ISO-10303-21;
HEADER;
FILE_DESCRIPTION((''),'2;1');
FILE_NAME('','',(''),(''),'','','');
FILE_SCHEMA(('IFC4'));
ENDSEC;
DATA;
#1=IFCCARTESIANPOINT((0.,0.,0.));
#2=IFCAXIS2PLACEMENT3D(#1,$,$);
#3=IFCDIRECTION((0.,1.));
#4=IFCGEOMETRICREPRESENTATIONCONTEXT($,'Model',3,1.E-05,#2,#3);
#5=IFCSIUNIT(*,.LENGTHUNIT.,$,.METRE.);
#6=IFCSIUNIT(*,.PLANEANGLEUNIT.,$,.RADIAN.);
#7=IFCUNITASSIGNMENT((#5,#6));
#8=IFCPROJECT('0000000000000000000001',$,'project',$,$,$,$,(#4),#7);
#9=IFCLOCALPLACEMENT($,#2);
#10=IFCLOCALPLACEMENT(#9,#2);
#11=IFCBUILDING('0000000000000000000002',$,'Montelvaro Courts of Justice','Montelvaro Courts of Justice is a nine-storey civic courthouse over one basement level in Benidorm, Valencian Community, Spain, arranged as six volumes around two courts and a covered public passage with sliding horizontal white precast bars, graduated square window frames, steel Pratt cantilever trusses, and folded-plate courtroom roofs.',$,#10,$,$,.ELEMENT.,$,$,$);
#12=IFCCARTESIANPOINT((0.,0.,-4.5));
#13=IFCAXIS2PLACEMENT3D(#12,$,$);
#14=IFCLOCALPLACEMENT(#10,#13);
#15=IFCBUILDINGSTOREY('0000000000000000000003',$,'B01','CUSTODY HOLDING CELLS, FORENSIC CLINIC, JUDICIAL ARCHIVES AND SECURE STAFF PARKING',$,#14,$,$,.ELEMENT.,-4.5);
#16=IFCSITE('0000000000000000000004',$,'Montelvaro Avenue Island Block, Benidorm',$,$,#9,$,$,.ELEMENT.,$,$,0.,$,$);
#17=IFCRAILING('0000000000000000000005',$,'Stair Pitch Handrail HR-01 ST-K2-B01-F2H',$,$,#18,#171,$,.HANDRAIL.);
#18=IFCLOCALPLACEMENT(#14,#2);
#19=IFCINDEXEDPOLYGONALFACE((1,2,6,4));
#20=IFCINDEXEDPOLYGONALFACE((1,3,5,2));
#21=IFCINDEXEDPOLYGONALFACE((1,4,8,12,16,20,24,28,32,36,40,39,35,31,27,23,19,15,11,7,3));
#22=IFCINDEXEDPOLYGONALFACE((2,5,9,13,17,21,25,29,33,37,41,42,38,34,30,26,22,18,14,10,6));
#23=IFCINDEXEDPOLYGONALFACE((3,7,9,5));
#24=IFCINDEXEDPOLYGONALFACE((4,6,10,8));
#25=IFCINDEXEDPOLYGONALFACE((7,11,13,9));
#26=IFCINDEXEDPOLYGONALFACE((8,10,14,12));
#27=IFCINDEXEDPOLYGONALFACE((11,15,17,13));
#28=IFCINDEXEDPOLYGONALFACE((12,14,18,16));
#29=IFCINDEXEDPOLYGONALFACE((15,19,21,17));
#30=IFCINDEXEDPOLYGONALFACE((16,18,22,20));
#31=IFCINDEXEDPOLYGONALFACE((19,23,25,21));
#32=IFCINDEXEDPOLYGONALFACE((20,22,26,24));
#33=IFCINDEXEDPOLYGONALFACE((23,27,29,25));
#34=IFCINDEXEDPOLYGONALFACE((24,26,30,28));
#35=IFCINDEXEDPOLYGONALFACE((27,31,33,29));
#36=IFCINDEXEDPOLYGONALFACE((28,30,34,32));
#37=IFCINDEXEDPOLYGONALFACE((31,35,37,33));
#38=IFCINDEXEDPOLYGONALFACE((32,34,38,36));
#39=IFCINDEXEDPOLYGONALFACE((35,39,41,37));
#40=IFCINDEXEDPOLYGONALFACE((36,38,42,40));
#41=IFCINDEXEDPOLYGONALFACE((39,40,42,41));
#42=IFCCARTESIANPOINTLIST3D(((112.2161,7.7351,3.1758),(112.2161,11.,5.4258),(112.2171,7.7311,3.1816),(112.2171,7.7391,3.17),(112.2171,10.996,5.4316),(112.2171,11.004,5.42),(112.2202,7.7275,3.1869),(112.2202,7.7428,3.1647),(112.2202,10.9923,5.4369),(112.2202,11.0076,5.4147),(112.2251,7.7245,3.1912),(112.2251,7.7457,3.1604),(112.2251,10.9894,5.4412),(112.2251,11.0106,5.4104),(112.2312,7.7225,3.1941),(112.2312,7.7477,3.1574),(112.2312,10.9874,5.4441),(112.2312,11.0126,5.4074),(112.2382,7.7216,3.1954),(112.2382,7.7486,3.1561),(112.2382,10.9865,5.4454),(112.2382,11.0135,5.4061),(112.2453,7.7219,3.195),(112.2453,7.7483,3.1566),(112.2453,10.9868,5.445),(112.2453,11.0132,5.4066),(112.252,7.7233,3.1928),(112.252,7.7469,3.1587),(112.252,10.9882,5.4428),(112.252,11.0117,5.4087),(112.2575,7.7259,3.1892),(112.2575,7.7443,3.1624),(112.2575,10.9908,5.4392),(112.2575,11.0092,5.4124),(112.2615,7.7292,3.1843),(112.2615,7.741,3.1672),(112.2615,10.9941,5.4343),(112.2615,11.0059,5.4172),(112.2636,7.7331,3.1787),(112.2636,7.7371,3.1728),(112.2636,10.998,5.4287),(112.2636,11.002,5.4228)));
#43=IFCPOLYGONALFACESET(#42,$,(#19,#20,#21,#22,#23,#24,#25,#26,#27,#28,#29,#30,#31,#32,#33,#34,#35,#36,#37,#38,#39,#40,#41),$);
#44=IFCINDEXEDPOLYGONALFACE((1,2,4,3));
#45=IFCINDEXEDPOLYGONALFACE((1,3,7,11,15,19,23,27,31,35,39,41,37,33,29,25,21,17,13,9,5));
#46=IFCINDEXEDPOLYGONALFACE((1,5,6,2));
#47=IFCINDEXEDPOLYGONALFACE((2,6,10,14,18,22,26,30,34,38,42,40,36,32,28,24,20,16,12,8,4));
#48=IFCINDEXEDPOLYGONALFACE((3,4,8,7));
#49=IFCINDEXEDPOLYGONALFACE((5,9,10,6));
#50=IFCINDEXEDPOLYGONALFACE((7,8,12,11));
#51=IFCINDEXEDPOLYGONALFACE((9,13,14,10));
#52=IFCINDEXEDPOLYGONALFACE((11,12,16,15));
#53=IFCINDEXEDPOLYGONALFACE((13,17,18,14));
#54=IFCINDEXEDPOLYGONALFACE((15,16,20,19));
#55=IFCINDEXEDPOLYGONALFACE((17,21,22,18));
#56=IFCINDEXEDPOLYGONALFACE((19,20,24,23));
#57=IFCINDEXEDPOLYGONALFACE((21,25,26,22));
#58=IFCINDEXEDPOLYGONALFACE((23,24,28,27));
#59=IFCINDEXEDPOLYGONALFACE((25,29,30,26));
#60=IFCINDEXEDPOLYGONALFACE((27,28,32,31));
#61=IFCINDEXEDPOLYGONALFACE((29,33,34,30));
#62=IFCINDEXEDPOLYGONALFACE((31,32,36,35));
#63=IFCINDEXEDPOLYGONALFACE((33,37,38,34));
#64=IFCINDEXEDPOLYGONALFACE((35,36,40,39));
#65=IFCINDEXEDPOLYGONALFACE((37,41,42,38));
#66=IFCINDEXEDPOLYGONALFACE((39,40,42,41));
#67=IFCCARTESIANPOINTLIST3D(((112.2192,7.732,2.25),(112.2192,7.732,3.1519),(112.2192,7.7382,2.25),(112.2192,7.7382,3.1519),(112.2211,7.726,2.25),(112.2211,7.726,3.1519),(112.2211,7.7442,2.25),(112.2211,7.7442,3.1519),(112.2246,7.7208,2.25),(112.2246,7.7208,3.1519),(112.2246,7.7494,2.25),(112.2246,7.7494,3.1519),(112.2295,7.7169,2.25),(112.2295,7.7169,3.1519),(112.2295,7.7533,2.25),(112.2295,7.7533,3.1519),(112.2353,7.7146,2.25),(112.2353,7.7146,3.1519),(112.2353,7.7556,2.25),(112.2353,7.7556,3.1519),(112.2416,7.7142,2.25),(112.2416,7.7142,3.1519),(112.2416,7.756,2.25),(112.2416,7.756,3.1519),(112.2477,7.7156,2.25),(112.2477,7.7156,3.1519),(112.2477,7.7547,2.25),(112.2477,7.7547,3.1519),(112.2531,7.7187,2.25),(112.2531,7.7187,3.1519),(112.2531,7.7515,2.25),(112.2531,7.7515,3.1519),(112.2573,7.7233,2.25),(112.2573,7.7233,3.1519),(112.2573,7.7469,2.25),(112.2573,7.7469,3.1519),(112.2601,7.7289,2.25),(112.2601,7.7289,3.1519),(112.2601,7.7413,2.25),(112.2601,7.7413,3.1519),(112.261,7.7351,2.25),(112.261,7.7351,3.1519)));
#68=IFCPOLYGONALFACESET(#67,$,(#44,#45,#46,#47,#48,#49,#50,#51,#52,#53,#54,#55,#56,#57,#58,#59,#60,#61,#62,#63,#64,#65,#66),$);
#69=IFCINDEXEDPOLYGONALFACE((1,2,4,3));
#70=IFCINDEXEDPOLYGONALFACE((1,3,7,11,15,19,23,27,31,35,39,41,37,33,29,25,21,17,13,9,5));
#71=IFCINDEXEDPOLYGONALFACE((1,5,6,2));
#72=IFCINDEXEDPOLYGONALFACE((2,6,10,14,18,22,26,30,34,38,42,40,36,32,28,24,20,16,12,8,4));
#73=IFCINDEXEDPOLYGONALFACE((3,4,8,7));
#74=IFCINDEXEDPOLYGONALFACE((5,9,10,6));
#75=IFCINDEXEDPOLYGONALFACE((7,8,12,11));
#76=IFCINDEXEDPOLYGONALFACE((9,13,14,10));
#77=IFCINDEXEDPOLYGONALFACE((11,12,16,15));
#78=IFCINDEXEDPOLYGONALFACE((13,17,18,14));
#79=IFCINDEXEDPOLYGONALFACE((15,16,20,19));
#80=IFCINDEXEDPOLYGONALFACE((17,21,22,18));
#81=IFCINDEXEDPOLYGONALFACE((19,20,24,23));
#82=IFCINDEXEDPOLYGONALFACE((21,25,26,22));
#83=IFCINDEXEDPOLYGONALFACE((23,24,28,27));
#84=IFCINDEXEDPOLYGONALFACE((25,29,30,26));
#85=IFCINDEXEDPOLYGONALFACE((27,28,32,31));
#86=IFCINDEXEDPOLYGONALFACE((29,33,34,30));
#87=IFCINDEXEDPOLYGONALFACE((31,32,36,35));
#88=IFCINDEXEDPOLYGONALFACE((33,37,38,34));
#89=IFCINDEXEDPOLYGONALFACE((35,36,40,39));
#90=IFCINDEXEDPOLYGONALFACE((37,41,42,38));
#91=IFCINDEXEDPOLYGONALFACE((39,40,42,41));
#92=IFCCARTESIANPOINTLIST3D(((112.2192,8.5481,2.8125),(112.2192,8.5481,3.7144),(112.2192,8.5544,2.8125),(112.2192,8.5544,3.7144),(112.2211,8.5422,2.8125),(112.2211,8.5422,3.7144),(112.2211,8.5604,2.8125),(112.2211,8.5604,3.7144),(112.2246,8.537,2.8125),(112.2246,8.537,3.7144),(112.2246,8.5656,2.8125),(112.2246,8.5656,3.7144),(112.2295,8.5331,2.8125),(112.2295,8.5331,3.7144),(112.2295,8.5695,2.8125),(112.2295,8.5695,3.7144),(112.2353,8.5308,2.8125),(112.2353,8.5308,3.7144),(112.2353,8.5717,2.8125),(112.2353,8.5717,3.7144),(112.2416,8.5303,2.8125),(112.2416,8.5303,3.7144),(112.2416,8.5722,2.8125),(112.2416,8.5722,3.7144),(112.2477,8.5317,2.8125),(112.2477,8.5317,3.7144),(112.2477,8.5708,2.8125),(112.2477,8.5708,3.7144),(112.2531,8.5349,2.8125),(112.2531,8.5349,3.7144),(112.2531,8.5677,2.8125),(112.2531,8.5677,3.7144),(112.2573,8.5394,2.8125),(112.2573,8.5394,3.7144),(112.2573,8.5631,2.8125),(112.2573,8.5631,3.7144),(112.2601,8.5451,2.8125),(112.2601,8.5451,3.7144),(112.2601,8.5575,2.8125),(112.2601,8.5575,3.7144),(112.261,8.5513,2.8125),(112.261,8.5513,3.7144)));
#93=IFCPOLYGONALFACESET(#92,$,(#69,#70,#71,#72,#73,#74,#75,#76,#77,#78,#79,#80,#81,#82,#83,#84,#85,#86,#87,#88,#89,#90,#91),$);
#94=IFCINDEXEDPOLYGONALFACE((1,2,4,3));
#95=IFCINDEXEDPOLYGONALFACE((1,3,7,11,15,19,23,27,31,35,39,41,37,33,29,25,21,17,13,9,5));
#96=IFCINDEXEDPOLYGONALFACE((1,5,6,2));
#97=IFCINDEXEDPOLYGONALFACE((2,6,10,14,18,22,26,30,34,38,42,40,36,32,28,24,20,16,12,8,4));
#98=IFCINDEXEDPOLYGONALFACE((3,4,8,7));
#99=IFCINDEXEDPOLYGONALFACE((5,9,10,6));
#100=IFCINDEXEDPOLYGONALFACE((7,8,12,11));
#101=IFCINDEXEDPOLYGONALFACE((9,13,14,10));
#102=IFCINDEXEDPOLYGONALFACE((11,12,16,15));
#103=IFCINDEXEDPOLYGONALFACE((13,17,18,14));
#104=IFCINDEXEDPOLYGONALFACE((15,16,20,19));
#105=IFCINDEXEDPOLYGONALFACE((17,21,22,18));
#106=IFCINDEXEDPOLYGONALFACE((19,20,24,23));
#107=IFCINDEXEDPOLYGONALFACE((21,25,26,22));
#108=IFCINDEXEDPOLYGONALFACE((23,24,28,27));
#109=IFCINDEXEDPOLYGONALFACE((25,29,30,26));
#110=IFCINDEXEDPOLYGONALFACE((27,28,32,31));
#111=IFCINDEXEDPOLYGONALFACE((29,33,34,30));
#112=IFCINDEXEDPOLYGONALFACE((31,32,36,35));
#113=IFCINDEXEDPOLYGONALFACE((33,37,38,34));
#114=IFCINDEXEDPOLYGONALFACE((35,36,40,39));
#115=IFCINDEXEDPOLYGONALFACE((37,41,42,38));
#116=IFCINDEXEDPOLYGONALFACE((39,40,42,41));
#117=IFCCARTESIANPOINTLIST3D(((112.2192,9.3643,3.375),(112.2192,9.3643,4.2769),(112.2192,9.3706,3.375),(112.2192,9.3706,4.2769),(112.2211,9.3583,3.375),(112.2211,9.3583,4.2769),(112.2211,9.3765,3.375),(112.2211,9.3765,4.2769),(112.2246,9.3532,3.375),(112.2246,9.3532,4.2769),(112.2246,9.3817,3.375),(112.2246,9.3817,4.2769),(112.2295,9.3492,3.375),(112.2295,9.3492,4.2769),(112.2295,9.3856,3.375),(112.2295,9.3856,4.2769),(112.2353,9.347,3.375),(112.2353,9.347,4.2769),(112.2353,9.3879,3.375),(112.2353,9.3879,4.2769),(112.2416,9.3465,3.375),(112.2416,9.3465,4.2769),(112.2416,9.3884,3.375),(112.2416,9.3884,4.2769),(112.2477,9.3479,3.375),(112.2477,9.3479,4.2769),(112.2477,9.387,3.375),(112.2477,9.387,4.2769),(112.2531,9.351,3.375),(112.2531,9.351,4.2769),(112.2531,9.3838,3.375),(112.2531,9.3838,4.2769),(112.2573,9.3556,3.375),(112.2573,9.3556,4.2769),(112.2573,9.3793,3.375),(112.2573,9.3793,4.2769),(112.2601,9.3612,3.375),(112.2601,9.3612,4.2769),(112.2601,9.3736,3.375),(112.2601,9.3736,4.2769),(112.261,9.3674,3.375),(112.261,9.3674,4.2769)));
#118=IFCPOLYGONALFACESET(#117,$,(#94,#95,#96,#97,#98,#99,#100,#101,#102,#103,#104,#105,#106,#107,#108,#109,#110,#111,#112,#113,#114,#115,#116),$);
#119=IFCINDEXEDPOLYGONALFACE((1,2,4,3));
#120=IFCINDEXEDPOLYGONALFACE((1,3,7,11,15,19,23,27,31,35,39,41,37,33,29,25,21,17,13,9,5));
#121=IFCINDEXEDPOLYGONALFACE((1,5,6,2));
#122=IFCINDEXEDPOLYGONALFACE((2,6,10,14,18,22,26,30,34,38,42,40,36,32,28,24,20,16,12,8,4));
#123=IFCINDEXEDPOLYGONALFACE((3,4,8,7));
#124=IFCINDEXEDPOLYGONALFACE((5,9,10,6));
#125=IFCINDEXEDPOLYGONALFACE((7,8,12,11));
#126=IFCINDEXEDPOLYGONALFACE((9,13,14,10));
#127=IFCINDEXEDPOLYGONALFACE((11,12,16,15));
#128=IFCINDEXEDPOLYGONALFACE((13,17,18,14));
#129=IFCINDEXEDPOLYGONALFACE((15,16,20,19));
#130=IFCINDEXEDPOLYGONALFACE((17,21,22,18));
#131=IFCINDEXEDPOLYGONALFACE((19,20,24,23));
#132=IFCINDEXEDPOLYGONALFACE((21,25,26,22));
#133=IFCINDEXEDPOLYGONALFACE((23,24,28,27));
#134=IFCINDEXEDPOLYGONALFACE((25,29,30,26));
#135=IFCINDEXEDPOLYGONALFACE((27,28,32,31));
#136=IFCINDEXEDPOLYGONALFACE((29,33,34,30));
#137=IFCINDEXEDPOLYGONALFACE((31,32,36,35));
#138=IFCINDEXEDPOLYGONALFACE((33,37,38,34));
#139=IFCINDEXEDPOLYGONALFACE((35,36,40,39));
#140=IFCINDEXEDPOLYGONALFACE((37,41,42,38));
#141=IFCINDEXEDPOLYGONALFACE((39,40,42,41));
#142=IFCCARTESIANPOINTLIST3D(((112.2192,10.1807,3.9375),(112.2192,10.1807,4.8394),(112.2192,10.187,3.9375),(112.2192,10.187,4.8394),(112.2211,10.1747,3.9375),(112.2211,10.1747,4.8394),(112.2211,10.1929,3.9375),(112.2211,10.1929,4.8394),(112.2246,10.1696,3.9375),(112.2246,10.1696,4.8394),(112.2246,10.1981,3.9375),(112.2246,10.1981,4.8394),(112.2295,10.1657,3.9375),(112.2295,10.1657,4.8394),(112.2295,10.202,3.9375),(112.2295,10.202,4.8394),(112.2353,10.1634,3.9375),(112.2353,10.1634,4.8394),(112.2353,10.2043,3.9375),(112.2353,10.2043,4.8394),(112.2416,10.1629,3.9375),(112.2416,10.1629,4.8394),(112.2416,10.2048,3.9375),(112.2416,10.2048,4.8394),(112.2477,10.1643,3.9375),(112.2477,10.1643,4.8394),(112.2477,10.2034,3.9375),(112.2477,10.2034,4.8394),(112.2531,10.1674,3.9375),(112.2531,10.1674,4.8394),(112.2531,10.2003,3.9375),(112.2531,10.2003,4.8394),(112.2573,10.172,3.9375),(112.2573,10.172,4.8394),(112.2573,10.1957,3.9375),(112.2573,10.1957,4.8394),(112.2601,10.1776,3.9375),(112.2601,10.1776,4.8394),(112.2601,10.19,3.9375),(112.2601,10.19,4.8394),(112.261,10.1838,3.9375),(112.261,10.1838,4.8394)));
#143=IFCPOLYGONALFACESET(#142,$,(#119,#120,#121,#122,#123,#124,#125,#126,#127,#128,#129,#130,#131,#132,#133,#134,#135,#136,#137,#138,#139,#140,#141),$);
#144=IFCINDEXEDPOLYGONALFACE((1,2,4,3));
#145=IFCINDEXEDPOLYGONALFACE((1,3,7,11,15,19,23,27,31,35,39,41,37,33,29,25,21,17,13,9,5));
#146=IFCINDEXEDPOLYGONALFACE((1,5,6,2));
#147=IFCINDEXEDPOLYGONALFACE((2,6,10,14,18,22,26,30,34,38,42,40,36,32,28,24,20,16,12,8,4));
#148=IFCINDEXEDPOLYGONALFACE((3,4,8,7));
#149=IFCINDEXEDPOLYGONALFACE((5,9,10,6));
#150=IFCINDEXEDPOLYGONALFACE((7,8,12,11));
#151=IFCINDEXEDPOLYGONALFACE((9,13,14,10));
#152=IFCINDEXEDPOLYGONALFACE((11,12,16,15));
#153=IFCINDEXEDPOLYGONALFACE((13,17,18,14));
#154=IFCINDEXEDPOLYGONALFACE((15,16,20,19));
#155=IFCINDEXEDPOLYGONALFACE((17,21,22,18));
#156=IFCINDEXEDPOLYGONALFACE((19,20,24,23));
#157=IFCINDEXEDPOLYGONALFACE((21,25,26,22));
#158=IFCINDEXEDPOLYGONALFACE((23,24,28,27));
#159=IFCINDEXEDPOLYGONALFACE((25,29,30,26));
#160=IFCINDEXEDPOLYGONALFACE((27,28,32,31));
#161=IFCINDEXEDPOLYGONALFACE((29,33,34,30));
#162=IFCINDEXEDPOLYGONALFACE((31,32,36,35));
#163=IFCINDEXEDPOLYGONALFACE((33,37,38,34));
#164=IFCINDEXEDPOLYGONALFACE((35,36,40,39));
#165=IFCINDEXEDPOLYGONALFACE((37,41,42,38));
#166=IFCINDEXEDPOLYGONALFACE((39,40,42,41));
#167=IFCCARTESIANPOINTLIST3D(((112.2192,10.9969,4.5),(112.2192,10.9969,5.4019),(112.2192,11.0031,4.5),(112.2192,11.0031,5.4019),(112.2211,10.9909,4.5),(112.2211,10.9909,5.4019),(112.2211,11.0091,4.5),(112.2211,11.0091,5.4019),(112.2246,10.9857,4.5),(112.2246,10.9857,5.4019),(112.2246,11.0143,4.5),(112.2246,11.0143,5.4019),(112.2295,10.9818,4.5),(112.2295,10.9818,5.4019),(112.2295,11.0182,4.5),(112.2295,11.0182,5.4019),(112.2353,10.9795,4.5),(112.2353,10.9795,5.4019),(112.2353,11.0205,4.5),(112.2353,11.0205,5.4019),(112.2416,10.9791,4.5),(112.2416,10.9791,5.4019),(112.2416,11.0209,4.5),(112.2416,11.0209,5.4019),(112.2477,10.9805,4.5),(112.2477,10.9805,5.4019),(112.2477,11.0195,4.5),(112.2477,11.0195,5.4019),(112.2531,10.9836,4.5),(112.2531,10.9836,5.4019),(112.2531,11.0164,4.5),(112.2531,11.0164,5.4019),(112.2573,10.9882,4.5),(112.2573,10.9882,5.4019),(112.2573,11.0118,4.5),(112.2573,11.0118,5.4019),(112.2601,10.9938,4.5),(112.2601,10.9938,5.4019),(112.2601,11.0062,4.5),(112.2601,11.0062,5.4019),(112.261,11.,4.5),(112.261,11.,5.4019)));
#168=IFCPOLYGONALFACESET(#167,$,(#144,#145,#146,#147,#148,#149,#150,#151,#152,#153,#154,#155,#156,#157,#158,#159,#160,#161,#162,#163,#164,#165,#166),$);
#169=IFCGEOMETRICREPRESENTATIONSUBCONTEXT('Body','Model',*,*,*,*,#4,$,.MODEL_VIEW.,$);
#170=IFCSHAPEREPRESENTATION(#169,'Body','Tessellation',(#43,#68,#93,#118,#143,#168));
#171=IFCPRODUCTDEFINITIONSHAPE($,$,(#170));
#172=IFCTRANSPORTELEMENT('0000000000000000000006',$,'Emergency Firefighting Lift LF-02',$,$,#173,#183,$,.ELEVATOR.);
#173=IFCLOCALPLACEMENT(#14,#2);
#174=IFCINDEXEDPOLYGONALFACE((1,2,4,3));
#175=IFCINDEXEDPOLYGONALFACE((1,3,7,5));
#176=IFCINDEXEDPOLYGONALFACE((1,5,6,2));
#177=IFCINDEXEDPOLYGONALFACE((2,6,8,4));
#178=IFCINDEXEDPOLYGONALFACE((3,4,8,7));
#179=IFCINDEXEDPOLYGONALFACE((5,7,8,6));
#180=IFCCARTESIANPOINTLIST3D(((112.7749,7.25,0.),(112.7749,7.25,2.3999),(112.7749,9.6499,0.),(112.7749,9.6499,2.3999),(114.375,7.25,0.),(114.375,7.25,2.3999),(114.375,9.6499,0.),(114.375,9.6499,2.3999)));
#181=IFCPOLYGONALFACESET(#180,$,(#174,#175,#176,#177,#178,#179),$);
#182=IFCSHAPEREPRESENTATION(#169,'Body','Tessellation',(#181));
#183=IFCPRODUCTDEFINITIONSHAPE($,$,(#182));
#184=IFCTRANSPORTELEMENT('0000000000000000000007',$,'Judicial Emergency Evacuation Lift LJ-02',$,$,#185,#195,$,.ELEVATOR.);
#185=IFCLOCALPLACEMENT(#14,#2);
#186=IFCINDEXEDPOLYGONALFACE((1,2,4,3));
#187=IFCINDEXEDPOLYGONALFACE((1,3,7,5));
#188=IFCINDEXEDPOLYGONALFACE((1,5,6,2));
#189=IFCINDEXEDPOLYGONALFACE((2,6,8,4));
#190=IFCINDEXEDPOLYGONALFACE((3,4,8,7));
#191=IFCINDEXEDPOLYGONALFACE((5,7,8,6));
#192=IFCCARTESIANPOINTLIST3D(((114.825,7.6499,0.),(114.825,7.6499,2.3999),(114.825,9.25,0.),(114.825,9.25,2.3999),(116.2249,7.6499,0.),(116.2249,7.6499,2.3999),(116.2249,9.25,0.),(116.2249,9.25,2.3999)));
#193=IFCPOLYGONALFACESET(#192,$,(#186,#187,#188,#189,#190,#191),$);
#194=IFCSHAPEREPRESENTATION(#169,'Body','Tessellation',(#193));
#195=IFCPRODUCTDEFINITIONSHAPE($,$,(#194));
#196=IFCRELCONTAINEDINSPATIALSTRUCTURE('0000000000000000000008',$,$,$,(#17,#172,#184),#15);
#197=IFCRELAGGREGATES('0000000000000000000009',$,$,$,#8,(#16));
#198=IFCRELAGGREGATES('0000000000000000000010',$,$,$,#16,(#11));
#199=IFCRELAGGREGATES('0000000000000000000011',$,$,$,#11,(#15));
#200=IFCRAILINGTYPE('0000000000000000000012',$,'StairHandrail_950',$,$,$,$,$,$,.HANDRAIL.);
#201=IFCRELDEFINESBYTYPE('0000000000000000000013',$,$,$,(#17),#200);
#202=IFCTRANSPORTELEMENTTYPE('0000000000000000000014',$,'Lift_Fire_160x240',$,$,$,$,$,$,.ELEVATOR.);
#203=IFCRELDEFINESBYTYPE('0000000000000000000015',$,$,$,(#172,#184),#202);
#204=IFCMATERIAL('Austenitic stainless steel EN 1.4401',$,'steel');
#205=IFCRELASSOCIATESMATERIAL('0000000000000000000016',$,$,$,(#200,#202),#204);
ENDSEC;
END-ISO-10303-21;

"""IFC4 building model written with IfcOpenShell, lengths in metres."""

from ifc_helpers import new_model, si_unit, direction, frame, origin, origin_2d, place, context, subcontext, project, spatial, rectangle, circle, extrude, material, type_object, element, save


model = new_model("IFC4")

# Units and contexts
model_context = context("Model", 3, precision=1e-05, world=origin(), true_north=direction((0.0, 1.0)))
body_context = subcontext(model_context, "Body", "Model", "MODEL_VIEW")
ifc_project = project(units=[si_unit("LENGTHUNIT", "METRE"), si_unit("PLANEANGLEUNIT", "RADIAN")], contexts=[model_context])

# Site, building, storey
site_placement = place(None, origin())
site = spatial("IfcSite", under=ifc_project, at=site_placement, Name="Montelvaro Avenue Island Block, Benidorm", CompositionType="ELEMENT", RefElevation=0.0)
building_placement = place(site_placement, origin())
building = spatial("IfcBuilding", under=site, at=building_placement, Name="Montelvaro Courts of Justice", Description="Montelvaro Courts of Justice is a nine-storey civic courthouse over one basement level in Benidorm, Valencian Community, Spain, arranged as six volumes around two courts and a covered public passage with sliding horizontal white precast bars, graduated square window frames, steel Pratt cantilever trusses, and folded-plate courtroom roofs.", CompositionType="ELEMENT")
storey_placement = place(building_placement, frame((0.0, 0.0, -4.5)))
storey = spatial("IfcBuildingStorey", under=building, at=storey_placement, Name="B01", Description="CUSTODY HOLDING CELLS, FORENSIC CLINIC, JUDICIAL ARCHIVES AND SECURE STAFF PARKING", CompositionType="ELEMENT", Elevation=-4.5)

# Railing
ifc_material_1 = material(Name="Austenitic stainless steel EN 1.4401", Category="steel")
railing_type = type_object("IfcRailingType", Name="StairHandrail_950", PredefinedType="HANDRAIL", material=ifc_material_1)
railing_placement = place(storey_placement, frame((112.24, 7.7351, 2.25)))
element("IfcRailing", 1, at=railing_placement, inside=storey, type_object=railing_type, Name="Stair Pitch Handrail HR-01 ST-K2-B01-F2H", PredefinedType="HANDRAIL", context=body_context, shape_type="SweptSolid", body=[
    extrude(circle(Radius=0.0239, at=origin_2d()), frame((0.0, 0.0, 0.9258), z_axis=(0.0, 0.823407, 0.567451), x_axis=(-1.0, 0.0, 0.0)), (0.0, 0.0, 1.0), 3.9651),
    extrude(circle(Radius=0.021, at=origin_2d()), origin(), (0.0, 0.0, 1.0), 0.9019),
    extrude(circle(Radius=0.021, at=origin_2d()), frame((0.0, 0.8162, 0.5625)), (0.0, 0.0, 1.0), 0.9019),
    extrude(circle(Radius=0.021, at=origin_2d()), frame((0.0, 1.6323, 1.125)), (0.0, 0.0, 1.0), 0.9019),
    extrude(circle(Radius=0.021, at=origin_2d()), frame((0.0, 2.4487, 1.6875)), (0.0, 0.0, 1.0), 0.9019),
    extrude(circle(Radius=0.021, at=origin_2d()), frame((0.0, 3.2649, 2.25)), (0.0, 0.0, 1.0), 0.9019),
])

# Transport elements
transport_element_type = type_object("IfcTransportElementType", Name="Lift_Fire_160x240", PredefinedType="ELEVATOR", material=ifc_material_1)
transport_element_1_placement = place(storey_placement, frame((113.575, 8.45, 0.0), z_axis=(0.0, 0.0, 1.0), x_axis=(1.0, 0.0, 0.0)))
element("IfcTransportElement", 2, at=transport_element_1_placement, inside=storey, type_object=transport_element_type, Name="Emergency Firefighting Lift LF-02", PredefinedType="ELEVATOR", context=body_context, shape_type="SweptSolid", body=[
    extrude(rectangle(XDim=1.6001, YDim=2.3999, at=origin_2d()), origin(), (0.0, 0.0, 1.0), 2.3999),
])
transport_element_2_placement = place(storey_placement, frame((115.5249, 8.45, 0.0), z_axis=(0.0, 0.0, 1.0), x_axis=(1.0, 0.0, 0.0)))
element("IfcTransportElement", 3, at=transport_element_2_placement, inside=storey, type_object=transport_element_type, Name="Judicial Emergency Evacuation Lift LJ-02", PredefinedType="ELEVATOR", context=body_context, shape_type="SweptSolid", body=[
    extrude(rectangle(XDim=1.3999, YDim=1.6001, at=origin_2d()), origin(), (0.0, 0.0, 1.0), 2.3999),
])

save(model, "model.ifc")
